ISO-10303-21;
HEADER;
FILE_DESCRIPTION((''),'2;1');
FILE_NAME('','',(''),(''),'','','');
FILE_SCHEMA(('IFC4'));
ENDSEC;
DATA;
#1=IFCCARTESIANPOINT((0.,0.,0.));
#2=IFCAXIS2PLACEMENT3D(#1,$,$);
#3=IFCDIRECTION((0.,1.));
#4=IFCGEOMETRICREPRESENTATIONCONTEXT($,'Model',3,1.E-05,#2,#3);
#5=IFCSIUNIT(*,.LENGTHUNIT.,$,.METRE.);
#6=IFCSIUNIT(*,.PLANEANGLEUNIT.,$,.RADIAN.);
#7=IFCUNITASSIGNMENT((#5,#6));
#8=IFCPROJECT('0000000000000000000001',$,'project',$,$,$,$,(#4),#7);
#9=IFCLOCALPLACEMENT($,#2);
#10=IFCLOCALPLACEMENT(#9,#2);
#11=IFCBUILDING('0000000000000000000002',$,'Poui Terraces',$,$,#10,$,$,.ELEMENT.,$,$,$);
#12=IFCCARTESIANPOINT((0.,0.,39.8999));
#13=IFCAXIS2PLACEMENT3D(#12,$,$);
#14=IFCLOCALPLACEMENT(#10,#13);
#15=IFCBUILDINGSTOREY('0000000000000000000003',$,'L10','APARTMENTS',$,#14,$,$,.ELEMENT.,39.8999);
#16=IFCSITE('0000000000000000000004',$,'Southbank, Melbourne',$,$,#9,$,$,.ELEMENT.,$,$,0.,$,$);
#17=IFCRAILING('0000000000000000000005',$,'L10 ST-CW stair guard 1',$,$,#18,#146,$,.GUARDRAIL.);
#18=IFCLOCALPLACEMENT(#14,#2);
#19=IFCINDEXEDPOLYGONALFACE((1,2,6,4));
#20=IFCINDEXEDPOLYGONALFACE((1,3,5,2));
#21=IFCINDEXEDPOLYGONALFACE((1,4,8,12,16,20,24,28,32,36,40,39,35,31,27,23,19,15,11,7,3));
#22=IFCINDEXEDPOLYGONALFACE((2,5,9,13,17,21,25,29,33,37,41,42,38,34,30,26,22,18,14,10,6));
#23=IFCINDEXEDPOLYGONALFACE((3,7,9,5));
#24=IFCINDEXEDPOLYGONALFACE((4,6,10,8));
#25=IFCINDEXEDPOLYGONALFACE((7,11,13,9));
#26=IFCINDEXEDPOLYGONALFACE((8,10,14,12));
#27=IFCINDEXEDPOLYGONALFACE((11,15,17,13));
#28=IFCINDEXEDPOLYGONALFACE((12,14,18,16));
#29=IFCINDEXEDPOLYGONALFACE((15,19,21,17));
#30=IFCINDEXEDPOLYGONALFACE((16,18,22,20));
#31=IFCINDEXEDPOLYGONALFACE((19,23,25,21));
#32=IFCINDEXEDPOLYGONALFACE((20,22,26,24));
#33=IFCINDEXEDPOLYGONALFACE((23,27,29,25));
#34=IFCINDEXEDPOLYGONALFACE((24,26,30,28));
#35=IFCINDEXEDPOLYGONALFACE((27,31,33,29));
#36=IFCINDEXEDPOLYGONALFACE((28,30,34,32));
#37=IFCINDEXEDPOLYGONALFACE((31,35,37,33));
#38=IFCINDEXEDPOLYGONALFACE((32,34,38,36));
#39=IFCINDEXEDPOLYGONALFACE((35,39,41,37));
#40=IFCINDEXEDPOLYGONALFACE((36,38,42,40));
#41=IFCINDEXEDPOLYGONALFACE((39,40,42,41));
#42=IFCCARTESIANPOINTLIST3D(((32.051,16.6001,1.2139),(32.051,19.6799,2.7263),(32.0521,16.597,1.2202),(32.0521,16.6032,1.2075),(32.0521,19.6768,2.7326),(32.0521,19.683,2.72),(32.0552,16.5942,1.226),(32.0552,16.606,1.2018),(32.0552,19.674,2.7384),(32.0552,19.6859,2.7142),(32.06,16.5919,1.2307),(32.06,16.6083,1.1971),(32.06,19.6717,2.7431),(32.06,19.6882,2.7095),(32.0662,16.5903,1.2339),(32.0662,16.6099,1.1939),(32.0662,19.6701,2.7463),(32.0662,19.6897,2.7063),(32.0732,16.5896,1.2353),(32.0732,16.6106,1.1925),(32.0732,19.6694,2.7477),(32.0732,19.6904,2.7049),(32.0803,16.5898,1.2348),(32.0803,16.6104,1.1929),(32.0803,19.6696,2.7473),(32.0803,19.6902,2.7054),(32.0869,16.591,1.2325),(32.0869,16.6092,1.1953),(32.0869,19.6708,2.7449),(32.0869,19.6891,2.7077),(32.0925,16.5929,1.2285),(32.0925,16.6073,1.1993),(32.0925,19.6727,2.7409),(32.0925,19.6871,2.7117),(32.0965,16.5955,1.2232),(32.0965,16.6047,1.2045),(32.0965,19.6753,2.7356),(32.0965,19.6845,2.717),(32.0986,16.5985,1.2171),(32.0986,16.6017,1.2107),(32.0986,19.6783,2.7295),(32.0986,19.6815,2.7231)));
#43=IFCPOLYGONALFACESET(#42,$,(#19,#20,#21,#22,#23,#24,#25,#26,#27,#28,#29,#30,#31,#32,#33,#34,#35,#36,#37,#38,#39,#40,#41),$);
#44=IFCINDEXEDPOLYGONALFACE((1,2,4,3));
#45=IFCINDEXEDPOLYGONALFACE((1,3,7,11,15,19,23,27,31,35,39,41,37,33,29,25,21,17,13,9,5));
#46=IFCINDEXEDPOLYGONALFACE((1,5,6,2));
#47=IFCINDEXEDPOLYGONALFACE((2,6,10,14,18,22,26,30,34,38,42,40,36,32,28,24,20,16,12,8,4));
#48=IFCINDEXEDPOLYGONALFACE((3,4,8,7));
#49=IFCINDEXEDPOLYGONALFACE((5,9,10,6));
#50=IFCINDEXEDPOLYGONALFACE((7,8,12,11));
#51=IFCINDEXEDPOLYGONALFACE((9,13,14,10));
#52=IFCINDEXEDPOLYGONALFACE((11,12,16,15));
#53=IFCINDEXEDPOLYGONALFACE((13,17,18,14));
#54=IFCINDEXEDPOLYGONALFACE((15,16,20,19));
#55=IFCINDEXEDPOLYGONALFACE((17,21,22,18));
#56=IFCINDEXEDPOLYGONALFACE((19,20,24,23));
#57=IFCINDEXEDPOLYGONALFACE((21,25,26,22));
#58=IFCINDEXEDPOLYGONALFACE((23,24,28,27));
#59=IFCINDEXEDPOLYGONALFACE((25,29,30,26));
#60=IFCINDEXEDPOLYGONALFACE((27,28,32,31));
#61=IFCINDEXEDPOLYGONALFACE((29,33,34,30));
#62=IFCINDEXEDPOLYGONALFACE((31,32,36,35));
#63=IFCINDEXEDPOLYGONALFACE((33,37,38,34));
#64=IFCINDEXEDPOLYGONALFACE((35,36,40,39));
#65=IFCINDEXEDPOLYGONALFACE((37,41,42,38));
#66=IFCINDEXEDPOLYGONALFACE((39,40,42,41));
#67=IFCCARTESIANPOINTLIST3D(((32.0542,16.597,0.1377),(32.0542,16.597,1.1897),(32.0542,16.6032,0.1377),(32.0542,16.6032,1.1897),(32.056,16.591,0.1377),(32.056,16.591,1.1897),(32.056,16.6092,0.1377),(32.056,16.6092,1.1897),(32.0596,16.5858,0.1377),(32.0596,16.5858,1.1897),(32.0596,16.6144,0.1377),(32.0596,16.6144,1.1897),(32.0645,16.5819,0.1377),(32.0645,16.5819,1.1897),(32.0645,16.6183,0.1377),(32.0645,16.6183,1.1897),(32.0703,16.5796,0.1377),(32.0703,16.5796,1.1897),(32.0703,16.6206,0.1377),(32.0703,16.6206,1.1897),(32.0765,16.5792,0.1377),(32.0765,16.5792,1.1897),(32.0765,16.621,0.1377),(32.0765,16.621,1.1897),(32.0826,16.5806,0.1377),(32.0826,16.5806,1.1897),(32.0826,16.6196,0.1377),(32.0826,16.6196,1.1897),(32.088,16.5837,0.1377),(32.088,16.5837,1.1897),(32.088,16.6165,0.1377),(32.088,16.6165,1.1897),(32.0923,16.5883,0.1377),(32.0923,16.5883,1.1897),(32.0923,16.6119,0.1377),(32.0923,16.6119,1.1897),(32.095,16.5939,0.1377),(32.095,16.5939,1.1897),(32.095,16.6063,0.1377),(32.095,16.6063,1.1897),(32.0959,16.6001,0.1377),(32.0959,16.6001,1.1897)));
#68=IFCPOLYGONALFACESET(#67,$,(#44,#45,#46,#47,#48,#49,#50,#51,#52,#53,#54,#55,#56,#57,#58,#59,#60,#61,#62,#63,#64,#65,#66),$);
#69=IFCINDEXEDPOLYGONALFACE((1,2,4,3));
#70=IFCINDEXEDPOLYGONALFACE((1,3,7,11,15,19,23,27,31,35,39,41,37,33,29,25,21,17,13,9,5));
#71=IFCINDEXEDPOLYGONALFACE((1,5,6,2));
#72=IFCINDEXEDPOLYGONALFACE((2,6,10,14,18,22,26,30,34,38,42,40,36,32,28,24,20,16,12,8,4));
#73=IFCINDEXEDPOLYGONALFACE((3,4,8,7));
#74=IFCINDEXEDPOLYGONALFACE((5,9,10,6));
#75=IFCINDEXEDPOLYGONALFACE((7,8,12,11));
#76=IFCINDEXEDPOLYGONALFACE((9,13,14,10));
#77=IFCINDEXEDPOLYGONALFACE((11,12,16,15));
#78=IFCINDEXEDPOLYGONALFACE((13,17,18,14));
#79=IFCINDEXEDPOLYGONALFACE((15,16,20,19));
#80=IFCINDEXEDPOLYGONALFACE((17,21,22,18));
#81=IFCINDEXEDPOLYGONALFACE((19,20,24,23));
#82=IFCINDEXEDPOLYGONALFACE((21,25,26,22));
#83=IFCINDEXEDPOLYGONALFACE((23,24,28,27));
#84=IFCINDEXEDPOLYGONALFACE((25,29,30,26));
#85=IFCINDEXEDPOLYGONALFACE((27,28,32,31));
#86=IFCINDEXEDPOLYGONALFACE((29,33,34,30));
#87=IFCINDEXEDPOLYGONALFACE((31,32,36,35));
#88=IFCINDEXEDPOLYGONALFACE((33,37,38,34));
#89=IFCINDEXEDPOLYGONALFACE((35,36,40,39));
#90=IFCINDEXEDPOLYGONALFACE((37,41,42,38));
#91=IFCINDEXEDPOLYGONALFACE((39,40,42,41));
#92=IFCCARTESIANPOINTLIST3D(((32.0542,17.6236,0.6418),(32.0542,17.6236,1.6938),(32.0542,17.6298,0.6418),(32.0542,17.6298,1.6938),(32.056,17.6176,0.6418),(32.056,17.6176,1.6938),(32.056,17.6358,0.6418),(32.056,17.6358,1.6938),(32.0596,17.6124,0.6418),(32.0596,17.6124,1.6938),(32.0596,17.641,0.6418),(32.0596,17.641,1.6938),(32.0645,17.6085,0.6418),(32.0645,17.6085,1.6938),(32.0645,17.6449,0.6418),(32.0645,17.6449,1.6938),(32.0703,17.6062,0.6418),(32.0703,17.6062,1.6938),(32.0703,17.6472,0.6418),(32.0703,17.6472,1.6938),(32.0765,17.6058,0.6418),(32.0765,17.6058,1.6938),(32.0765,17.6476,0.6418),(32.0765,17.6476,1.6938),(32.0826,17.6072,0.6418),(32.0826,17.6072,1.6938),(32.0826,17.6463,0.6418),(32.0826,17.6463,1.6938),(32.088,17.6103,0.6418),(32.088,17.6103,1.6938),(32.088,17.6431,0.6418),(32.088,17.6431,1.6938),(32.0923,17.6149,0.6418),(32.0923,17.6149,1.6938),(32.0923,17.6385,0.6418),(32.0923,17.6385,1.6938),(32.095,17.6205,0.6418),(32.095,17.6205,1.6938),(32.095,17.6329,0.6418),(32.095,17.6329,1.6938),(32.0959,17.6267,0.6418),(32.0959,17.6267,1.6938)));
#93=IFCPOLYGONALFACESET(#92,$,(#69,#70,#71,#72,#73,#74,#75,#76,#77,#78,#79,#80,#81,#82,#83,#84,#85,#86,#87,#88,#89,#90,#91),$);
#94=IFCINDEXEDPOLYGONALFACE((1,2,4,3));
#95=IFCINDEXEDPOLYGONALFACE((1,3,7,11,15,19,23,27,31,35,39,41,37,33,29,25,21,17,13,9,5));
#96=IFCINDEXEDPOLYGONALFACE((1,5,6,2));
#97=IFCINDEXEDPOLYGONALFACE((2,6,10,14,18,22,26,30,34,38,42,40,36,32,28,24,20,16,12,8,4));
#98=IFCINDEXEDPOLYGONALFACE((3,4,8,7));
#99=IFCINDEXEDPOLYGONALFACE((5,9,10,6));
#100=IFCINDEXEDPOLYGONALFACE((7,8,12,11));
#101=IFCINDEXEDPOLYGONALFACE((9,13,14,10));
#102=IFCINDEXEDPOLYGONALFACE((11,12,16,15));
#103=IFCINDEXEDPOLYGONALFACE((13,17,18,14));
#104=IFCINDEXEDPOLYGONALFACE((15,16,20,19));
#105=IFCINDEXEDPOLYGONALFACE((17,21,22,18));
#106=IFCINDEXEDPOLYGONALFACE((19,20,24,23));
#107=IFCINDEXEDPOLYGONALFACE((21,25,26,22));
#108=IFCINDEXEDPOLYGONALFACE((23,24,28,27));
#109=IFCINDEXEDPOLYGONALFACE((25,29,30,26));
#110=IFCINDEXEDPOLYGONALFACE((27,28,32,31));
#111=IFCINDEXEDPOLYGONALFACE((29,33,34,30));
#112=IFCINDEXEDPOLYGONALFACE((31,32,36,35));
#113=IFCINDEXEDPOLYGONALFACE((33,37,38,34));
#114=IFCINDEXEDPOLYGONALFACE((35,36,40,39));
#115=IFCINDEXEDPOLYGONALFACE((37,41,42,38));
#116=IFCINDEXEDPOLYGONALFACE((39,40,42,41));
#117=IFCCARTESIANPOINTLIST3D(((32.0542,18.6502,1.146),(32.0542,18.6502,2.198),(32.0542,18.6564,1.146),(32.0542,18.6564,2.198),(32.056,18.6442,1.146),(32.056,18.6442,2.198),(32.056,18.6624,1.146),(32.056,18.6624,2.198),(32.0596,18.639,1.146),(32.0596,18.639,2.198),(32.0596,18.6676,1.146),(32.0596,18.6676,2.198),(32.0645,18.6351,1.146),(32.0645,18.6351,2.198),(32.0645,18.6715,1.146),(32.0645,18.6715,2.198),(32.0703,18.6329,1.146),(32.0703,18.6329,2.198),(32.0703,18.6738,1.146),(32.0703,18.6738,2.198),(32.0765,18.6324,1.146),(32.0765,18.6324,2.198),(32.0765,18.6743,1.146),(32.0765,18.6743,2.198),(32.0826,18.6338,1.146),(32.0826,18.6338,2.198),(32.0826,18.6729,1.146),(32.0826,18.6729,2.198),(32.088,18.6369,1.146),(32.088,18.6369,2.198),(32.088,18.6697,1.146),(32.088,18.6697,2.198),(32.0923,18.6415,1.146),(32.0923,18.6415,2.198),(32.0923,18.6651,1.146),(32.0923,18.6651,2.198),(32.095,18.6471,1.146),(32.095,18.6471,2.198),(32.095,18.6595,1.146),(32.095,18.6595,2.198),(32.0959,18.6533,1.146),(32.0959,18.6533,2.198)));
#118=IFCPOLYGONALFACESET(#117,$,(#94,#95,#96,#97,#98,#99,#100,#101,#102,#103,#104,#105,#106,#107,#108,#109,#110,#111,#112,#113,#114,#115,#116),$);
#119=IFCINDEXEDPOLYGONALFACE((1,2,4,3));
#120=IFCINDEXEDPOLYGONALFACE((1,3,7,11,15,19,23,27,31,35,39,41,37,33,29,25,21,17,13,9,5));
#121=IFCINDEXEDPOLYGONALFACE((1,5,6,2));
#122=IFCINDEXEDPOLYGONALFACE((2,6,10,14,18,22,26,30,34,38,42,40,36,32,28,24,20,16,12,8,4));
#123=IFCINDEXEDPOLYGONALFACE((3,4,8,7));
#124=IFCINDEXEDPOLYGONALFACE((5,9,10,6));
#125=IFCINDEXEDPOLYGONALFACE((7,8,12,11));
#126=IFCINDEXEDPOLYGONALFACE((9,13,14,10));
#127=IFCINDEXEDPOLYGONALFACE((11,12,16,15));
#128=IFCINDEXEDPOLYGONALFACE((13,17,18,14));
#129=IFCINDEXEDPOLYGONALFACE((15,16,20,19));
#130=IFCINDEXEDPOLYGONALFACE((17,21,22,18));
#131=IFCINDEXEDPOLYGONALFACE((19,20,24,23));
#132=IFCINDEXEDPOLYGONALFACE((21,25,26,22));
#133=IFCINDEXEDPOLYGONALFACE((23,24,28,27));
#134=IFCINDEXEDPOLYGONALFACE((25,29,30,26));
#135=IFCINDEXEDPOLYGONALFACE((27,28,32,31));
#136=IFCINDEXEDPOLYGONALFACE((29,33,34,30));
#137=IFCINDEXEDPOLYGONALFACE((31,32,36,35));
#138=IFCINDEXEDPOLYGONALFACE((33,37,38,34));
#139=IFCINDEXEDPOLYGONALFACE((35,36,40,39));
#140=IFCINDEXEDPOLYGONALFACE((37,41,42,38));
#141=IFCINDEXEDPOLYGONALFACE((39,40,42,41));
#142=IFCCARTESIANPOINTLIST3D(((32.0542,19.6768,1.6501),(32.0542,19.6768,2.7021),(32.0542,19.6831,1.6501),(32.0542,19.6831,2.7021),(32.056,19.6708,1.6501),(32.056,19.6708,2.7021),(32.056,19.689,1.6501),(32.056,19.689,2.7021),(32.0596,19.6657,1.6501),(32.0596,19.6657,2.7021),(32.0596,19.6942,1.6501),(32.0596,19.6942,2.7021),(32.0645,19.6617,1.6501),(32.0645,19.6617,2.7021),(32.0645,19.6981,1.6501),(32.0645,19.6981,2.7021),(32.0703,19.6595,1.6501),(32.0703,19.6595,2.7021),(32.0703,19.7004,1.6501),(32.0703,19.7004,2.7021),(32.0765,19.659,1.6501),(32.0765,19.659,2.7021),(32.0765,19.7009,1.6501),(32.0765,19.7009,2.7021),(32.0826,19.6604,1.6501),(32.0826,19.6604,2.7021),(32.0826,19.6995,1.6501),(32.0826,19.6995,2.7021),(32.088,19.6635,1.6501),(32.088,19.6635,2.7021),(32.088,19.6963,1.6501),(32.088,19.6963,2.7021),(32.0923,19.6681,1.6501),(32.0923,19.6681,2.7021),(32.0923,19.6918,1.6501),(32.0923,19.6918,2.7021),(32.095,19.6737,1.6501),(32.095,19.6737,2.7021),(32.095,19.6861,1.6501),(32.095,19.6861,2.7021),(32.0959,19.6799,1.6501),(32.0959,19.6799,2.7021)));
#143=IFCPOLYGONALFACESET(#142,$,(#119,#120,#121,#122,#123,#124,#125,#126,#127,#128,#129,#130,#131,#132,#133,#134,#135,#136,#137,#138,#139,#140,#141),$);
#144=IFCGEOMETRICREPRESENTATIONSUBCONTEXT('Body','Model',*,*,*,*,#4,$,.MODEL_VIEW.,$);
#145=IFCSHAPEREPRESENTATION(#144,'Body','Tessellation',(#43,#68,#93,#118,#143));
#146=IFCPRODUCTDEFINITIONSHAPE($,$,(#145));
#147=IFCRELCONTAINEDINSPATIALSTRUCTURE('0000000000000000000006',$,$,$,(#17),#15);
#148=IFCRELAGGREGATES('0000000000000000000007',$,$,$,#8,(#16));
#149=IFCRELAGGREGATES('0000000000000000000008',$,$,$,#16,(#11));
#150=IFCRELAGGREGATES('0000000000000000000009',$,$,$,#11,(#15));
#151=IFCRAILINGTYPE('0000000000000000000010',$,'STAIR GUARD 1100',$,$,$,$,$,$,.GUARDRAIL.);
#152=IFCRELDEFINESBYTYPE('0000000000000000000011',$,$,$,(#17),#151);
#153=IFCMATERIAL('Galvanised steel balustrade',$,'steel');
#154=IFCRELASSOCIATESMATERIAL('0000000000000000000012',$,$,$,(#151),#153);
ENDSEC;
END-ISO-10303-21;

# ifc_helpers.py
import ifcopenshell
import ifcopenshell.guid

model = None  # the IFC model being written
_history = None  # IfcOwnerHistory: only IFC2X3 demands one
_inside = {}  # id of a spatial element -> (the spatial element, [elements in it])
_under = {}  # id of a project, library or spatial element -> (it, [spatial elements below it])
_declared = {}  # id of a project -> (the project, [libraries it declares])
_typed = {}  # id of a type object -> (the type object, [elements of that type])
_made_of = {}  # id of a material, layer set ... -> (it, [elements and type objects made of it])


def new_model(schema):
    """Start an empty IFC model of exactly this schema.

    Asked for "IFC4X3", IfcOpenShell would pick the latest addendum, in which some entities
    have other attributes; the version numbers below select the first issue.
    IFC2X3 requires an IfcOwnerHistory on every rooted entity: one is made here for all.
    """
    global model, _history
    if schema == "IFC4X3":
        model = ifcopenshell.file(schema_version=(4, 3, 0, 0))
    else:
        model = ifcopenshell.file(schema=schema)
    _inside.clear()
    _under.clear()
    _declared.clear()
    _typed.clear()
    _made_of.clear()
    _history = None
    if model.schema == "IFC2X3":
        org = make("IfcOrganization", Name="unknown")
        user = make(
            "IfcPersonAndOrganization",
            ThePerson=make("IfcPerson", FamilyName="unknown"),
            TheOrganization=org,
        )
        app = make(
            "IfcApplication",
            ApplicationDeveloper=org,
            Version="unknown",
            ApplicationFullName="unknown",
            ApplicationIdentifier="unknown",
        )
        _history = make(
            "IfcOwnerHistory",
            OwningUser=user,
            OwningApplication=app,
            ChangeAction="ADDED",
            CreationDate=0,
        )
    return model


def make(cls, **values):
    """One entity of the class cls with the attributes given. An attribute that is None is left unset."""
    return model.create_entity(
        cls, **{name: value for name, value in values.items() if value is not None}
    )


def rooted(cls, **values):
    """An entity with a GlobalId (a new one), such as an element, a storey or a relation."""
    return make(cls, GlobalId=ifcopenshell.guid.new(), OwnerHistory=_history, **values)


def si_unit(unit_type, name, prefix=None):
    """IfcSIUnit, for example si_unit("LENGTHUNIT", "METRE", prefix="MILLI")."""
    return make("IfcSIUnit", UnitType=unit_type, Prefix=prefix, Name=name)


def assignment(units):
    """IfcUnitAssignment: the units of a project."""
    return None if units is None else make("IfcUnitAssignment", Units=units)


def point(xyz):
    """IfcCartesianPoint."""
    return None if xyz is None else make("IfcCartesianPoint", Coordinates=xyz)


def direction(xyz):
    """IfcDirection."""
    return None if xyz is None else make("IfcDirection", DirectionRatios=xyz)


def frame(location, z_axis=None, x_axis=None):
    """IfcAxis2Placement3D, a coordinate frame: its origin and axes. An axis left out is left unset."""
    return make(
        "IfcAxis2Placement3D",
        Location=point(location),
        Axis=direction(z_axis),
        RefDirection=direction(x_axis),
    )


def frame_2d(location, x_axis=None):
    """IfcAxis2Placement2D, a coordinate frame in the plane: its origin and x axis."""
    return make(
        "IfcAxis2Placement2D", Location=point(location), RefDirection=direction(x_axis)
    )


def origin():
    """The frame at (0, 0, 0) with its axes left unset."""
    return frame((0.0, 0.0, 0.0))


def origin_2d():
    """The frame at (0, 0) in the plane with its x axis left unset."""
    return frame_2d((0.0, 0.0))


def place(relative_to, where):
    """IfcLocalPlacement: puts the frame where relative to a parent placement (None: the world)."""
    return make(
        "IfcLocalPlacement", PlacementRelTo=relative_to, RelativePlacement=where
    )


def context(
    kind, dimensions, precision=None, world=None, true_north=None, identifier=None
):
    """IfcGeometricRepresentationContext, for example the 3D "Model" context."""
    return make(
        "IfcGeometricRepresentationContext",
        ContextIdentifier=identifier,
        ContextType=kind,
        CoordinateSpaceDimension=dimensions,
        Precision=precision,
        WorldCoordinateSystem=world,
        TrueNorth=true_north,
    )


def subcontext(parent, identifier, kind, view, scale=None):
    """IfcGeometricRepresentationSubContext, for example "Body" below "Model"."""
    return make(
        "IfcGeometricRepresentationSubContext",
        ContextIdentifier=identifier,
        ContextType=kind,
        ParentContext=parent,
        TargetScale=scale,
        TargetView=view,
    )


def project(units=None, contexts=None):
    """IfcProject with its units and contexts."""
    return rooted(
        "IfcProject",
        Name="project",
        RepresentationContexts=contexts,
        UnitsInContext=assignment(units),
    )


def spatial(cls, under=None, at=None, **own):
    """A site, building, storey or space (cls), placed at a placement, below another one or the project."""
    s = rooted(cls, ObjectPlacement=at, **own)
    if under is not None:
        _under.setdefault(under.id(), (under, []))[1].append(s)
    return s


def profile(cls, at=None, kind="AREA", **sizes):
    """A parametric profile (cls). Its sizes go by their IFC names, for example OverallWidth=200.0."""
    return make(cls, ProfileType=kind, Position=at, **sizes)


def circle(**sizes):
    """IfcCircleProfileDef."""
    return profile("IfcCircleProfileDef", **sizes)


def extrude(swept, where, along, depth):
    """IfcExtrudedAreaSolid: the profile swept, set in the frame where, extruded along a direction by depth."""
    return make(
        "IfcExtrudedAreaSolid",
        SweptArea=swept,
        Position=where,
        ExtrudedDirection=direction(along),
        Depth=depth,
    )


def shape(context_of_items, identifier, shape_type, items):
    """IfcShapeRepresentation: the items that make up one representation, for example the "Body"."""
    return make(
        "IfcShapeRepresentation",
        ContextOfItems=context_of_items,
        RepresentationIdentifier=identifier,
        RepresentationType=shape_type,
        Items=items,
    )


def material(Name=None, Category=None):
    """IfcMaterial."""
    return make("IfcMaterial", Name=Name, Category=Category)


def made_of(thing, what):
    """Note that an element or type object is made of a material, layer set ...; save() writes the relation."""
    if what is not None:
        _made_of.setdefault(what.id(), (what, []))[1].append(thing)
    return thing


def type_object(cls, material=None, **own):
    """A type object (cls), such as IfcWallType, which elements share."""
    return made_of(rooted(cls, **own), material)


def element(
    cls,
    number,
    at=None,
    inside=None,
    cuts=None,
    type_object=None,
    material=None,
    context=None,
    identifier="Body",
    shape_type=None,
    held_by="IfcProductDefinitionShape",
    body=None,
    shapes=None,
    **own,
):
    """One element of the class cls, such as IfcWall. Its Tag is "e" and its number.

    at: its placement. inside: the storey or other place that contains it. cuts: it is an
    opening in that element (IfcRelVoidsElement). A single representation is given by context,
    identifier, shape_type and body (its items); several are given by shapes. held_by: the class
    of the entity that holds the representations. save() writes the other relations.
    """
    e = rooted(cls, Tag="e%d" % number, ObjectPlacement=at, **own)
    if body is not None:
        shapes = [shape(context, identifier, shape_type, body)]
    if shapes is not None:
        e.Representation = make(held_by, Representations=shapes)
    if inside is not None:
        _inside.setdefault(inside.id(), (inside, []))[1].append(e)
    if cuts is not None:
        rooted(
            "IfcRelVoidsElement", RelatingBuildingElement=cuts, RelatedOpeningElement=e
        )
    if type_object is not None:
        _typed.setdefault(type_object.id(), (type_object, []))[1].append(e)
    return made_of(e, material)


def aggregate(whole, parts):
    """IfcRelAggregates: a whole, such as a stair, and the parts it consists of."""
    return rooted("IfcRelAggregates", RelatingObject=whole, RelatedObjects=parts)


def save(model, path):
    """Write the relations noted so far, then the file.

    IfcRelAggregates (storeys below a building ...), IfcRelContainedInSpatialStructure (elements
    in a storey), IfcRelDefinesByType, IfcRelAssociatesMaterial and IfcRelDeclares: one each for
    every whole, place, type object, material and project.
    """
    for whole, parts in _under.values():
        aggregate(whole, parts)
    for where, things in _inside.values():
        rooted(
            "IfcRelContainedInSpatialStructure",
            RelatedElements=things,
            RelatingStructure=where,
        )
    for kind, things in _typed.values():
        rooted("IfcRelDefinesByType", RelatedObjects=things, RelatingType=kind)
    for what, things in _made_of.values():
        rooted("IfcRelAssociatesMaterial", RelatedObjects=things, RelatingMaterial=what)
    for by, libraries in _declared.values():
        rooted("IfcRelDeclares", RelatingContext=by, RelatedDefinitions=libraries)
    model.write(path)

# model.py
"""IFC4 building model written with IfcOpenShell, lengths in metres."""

from ifc_helpers import new_model, si_unit, direction, frame, origin, origin_2d, place, context, subcontext, project, spatial, circle, extrude, material, type_object, element, save


model = new_model("IFC4")

# Units and contexts
model_context = context("Model", 3, precision=1e-05, world=origin(), true_north=direction((0.0, 1.0)))
body_context = subcontext(model_context, "Body", "Model", "MODEL_VIEW")
ifc_project = project(units=[si_unit("LENGTHUNIT", "METRE"), si_unit("PLANEANGLEUNIT", "RADIAN")], contexts=[model_context])

# Site, building, storey
site_placement = place(None, origin())
site = spatial("IfcSite", under=ifc_project, at=site_placement, Name="Southbank, Melbourne", CompositionType="ELEMENT", RefElevation=0.0)
building_placement = place(site_placement, origin())
building = spatial("IfcBuilding", under=site, at=building_placement, Name="Poui Terraces", CompositionType="ELEMENT")
storey_placement = place(building_placement, frame((0.0, 0.0, 39.8999)))
storey = spatial("IfcBuildingStorey", under=building, at=storey_placement, Name="L10", Description="APARTMENTS", CompositionType="ELEMENT", Elevation=39.8999)

# Railing
ifc_material_1 = material(Name="Galvanised steel balustrade", Category="steel")
railing_type_1 = type_object("IfcRailingType", Name="STAIR GUARD 1100", PredefinedType="GUARDRAIL", material=ifc_material_1)
railing_1_placement = place(storey_placement, frame((32.075, 16.6001, 0.1377)))
element("IfcRailing", 1, at=railing_1_placement, inside=storey, type_object=railing_type_1, Name="L10 ST-CW stair guard 1", PredefinedType="GUARDRAIL", context=body_context, shape_type="SweptSolid", body=[
    extrude(circle(Radius=0.0239, at=origin_2d()), frame((0.0, 0.0, 1.0762), z_axis=(0.0, 0.897606, 0.440798), x_axis=(-1.0, 0.0, 0.0)), (0.0, 0.0, 1.0), 3.4312),
    extrude(circle(Radius=0.021, at=origin_2d()), origin(), (0.0, 0.0, 1.0), 1.052),
    extrude(circle(Radius=0.021, at=origin_2d()), frame((0.0, 1.0266, 0.5042)), (0.0, 0.0, 1.0), 1.052),
    extrude(circle(Radius=0.021, at=origin_2d()), frame((0.0, 2.0532, 1.0083)), (0.0, 0.0, 1.0), 1.052),
    extrude(circle(Radius=0.021, at=origin_2d()), frame((0.0, 3.0798, 1.5125)), (0.0, 0.0, 1.0), 1.052),
])

save(model, "model.ifc")
